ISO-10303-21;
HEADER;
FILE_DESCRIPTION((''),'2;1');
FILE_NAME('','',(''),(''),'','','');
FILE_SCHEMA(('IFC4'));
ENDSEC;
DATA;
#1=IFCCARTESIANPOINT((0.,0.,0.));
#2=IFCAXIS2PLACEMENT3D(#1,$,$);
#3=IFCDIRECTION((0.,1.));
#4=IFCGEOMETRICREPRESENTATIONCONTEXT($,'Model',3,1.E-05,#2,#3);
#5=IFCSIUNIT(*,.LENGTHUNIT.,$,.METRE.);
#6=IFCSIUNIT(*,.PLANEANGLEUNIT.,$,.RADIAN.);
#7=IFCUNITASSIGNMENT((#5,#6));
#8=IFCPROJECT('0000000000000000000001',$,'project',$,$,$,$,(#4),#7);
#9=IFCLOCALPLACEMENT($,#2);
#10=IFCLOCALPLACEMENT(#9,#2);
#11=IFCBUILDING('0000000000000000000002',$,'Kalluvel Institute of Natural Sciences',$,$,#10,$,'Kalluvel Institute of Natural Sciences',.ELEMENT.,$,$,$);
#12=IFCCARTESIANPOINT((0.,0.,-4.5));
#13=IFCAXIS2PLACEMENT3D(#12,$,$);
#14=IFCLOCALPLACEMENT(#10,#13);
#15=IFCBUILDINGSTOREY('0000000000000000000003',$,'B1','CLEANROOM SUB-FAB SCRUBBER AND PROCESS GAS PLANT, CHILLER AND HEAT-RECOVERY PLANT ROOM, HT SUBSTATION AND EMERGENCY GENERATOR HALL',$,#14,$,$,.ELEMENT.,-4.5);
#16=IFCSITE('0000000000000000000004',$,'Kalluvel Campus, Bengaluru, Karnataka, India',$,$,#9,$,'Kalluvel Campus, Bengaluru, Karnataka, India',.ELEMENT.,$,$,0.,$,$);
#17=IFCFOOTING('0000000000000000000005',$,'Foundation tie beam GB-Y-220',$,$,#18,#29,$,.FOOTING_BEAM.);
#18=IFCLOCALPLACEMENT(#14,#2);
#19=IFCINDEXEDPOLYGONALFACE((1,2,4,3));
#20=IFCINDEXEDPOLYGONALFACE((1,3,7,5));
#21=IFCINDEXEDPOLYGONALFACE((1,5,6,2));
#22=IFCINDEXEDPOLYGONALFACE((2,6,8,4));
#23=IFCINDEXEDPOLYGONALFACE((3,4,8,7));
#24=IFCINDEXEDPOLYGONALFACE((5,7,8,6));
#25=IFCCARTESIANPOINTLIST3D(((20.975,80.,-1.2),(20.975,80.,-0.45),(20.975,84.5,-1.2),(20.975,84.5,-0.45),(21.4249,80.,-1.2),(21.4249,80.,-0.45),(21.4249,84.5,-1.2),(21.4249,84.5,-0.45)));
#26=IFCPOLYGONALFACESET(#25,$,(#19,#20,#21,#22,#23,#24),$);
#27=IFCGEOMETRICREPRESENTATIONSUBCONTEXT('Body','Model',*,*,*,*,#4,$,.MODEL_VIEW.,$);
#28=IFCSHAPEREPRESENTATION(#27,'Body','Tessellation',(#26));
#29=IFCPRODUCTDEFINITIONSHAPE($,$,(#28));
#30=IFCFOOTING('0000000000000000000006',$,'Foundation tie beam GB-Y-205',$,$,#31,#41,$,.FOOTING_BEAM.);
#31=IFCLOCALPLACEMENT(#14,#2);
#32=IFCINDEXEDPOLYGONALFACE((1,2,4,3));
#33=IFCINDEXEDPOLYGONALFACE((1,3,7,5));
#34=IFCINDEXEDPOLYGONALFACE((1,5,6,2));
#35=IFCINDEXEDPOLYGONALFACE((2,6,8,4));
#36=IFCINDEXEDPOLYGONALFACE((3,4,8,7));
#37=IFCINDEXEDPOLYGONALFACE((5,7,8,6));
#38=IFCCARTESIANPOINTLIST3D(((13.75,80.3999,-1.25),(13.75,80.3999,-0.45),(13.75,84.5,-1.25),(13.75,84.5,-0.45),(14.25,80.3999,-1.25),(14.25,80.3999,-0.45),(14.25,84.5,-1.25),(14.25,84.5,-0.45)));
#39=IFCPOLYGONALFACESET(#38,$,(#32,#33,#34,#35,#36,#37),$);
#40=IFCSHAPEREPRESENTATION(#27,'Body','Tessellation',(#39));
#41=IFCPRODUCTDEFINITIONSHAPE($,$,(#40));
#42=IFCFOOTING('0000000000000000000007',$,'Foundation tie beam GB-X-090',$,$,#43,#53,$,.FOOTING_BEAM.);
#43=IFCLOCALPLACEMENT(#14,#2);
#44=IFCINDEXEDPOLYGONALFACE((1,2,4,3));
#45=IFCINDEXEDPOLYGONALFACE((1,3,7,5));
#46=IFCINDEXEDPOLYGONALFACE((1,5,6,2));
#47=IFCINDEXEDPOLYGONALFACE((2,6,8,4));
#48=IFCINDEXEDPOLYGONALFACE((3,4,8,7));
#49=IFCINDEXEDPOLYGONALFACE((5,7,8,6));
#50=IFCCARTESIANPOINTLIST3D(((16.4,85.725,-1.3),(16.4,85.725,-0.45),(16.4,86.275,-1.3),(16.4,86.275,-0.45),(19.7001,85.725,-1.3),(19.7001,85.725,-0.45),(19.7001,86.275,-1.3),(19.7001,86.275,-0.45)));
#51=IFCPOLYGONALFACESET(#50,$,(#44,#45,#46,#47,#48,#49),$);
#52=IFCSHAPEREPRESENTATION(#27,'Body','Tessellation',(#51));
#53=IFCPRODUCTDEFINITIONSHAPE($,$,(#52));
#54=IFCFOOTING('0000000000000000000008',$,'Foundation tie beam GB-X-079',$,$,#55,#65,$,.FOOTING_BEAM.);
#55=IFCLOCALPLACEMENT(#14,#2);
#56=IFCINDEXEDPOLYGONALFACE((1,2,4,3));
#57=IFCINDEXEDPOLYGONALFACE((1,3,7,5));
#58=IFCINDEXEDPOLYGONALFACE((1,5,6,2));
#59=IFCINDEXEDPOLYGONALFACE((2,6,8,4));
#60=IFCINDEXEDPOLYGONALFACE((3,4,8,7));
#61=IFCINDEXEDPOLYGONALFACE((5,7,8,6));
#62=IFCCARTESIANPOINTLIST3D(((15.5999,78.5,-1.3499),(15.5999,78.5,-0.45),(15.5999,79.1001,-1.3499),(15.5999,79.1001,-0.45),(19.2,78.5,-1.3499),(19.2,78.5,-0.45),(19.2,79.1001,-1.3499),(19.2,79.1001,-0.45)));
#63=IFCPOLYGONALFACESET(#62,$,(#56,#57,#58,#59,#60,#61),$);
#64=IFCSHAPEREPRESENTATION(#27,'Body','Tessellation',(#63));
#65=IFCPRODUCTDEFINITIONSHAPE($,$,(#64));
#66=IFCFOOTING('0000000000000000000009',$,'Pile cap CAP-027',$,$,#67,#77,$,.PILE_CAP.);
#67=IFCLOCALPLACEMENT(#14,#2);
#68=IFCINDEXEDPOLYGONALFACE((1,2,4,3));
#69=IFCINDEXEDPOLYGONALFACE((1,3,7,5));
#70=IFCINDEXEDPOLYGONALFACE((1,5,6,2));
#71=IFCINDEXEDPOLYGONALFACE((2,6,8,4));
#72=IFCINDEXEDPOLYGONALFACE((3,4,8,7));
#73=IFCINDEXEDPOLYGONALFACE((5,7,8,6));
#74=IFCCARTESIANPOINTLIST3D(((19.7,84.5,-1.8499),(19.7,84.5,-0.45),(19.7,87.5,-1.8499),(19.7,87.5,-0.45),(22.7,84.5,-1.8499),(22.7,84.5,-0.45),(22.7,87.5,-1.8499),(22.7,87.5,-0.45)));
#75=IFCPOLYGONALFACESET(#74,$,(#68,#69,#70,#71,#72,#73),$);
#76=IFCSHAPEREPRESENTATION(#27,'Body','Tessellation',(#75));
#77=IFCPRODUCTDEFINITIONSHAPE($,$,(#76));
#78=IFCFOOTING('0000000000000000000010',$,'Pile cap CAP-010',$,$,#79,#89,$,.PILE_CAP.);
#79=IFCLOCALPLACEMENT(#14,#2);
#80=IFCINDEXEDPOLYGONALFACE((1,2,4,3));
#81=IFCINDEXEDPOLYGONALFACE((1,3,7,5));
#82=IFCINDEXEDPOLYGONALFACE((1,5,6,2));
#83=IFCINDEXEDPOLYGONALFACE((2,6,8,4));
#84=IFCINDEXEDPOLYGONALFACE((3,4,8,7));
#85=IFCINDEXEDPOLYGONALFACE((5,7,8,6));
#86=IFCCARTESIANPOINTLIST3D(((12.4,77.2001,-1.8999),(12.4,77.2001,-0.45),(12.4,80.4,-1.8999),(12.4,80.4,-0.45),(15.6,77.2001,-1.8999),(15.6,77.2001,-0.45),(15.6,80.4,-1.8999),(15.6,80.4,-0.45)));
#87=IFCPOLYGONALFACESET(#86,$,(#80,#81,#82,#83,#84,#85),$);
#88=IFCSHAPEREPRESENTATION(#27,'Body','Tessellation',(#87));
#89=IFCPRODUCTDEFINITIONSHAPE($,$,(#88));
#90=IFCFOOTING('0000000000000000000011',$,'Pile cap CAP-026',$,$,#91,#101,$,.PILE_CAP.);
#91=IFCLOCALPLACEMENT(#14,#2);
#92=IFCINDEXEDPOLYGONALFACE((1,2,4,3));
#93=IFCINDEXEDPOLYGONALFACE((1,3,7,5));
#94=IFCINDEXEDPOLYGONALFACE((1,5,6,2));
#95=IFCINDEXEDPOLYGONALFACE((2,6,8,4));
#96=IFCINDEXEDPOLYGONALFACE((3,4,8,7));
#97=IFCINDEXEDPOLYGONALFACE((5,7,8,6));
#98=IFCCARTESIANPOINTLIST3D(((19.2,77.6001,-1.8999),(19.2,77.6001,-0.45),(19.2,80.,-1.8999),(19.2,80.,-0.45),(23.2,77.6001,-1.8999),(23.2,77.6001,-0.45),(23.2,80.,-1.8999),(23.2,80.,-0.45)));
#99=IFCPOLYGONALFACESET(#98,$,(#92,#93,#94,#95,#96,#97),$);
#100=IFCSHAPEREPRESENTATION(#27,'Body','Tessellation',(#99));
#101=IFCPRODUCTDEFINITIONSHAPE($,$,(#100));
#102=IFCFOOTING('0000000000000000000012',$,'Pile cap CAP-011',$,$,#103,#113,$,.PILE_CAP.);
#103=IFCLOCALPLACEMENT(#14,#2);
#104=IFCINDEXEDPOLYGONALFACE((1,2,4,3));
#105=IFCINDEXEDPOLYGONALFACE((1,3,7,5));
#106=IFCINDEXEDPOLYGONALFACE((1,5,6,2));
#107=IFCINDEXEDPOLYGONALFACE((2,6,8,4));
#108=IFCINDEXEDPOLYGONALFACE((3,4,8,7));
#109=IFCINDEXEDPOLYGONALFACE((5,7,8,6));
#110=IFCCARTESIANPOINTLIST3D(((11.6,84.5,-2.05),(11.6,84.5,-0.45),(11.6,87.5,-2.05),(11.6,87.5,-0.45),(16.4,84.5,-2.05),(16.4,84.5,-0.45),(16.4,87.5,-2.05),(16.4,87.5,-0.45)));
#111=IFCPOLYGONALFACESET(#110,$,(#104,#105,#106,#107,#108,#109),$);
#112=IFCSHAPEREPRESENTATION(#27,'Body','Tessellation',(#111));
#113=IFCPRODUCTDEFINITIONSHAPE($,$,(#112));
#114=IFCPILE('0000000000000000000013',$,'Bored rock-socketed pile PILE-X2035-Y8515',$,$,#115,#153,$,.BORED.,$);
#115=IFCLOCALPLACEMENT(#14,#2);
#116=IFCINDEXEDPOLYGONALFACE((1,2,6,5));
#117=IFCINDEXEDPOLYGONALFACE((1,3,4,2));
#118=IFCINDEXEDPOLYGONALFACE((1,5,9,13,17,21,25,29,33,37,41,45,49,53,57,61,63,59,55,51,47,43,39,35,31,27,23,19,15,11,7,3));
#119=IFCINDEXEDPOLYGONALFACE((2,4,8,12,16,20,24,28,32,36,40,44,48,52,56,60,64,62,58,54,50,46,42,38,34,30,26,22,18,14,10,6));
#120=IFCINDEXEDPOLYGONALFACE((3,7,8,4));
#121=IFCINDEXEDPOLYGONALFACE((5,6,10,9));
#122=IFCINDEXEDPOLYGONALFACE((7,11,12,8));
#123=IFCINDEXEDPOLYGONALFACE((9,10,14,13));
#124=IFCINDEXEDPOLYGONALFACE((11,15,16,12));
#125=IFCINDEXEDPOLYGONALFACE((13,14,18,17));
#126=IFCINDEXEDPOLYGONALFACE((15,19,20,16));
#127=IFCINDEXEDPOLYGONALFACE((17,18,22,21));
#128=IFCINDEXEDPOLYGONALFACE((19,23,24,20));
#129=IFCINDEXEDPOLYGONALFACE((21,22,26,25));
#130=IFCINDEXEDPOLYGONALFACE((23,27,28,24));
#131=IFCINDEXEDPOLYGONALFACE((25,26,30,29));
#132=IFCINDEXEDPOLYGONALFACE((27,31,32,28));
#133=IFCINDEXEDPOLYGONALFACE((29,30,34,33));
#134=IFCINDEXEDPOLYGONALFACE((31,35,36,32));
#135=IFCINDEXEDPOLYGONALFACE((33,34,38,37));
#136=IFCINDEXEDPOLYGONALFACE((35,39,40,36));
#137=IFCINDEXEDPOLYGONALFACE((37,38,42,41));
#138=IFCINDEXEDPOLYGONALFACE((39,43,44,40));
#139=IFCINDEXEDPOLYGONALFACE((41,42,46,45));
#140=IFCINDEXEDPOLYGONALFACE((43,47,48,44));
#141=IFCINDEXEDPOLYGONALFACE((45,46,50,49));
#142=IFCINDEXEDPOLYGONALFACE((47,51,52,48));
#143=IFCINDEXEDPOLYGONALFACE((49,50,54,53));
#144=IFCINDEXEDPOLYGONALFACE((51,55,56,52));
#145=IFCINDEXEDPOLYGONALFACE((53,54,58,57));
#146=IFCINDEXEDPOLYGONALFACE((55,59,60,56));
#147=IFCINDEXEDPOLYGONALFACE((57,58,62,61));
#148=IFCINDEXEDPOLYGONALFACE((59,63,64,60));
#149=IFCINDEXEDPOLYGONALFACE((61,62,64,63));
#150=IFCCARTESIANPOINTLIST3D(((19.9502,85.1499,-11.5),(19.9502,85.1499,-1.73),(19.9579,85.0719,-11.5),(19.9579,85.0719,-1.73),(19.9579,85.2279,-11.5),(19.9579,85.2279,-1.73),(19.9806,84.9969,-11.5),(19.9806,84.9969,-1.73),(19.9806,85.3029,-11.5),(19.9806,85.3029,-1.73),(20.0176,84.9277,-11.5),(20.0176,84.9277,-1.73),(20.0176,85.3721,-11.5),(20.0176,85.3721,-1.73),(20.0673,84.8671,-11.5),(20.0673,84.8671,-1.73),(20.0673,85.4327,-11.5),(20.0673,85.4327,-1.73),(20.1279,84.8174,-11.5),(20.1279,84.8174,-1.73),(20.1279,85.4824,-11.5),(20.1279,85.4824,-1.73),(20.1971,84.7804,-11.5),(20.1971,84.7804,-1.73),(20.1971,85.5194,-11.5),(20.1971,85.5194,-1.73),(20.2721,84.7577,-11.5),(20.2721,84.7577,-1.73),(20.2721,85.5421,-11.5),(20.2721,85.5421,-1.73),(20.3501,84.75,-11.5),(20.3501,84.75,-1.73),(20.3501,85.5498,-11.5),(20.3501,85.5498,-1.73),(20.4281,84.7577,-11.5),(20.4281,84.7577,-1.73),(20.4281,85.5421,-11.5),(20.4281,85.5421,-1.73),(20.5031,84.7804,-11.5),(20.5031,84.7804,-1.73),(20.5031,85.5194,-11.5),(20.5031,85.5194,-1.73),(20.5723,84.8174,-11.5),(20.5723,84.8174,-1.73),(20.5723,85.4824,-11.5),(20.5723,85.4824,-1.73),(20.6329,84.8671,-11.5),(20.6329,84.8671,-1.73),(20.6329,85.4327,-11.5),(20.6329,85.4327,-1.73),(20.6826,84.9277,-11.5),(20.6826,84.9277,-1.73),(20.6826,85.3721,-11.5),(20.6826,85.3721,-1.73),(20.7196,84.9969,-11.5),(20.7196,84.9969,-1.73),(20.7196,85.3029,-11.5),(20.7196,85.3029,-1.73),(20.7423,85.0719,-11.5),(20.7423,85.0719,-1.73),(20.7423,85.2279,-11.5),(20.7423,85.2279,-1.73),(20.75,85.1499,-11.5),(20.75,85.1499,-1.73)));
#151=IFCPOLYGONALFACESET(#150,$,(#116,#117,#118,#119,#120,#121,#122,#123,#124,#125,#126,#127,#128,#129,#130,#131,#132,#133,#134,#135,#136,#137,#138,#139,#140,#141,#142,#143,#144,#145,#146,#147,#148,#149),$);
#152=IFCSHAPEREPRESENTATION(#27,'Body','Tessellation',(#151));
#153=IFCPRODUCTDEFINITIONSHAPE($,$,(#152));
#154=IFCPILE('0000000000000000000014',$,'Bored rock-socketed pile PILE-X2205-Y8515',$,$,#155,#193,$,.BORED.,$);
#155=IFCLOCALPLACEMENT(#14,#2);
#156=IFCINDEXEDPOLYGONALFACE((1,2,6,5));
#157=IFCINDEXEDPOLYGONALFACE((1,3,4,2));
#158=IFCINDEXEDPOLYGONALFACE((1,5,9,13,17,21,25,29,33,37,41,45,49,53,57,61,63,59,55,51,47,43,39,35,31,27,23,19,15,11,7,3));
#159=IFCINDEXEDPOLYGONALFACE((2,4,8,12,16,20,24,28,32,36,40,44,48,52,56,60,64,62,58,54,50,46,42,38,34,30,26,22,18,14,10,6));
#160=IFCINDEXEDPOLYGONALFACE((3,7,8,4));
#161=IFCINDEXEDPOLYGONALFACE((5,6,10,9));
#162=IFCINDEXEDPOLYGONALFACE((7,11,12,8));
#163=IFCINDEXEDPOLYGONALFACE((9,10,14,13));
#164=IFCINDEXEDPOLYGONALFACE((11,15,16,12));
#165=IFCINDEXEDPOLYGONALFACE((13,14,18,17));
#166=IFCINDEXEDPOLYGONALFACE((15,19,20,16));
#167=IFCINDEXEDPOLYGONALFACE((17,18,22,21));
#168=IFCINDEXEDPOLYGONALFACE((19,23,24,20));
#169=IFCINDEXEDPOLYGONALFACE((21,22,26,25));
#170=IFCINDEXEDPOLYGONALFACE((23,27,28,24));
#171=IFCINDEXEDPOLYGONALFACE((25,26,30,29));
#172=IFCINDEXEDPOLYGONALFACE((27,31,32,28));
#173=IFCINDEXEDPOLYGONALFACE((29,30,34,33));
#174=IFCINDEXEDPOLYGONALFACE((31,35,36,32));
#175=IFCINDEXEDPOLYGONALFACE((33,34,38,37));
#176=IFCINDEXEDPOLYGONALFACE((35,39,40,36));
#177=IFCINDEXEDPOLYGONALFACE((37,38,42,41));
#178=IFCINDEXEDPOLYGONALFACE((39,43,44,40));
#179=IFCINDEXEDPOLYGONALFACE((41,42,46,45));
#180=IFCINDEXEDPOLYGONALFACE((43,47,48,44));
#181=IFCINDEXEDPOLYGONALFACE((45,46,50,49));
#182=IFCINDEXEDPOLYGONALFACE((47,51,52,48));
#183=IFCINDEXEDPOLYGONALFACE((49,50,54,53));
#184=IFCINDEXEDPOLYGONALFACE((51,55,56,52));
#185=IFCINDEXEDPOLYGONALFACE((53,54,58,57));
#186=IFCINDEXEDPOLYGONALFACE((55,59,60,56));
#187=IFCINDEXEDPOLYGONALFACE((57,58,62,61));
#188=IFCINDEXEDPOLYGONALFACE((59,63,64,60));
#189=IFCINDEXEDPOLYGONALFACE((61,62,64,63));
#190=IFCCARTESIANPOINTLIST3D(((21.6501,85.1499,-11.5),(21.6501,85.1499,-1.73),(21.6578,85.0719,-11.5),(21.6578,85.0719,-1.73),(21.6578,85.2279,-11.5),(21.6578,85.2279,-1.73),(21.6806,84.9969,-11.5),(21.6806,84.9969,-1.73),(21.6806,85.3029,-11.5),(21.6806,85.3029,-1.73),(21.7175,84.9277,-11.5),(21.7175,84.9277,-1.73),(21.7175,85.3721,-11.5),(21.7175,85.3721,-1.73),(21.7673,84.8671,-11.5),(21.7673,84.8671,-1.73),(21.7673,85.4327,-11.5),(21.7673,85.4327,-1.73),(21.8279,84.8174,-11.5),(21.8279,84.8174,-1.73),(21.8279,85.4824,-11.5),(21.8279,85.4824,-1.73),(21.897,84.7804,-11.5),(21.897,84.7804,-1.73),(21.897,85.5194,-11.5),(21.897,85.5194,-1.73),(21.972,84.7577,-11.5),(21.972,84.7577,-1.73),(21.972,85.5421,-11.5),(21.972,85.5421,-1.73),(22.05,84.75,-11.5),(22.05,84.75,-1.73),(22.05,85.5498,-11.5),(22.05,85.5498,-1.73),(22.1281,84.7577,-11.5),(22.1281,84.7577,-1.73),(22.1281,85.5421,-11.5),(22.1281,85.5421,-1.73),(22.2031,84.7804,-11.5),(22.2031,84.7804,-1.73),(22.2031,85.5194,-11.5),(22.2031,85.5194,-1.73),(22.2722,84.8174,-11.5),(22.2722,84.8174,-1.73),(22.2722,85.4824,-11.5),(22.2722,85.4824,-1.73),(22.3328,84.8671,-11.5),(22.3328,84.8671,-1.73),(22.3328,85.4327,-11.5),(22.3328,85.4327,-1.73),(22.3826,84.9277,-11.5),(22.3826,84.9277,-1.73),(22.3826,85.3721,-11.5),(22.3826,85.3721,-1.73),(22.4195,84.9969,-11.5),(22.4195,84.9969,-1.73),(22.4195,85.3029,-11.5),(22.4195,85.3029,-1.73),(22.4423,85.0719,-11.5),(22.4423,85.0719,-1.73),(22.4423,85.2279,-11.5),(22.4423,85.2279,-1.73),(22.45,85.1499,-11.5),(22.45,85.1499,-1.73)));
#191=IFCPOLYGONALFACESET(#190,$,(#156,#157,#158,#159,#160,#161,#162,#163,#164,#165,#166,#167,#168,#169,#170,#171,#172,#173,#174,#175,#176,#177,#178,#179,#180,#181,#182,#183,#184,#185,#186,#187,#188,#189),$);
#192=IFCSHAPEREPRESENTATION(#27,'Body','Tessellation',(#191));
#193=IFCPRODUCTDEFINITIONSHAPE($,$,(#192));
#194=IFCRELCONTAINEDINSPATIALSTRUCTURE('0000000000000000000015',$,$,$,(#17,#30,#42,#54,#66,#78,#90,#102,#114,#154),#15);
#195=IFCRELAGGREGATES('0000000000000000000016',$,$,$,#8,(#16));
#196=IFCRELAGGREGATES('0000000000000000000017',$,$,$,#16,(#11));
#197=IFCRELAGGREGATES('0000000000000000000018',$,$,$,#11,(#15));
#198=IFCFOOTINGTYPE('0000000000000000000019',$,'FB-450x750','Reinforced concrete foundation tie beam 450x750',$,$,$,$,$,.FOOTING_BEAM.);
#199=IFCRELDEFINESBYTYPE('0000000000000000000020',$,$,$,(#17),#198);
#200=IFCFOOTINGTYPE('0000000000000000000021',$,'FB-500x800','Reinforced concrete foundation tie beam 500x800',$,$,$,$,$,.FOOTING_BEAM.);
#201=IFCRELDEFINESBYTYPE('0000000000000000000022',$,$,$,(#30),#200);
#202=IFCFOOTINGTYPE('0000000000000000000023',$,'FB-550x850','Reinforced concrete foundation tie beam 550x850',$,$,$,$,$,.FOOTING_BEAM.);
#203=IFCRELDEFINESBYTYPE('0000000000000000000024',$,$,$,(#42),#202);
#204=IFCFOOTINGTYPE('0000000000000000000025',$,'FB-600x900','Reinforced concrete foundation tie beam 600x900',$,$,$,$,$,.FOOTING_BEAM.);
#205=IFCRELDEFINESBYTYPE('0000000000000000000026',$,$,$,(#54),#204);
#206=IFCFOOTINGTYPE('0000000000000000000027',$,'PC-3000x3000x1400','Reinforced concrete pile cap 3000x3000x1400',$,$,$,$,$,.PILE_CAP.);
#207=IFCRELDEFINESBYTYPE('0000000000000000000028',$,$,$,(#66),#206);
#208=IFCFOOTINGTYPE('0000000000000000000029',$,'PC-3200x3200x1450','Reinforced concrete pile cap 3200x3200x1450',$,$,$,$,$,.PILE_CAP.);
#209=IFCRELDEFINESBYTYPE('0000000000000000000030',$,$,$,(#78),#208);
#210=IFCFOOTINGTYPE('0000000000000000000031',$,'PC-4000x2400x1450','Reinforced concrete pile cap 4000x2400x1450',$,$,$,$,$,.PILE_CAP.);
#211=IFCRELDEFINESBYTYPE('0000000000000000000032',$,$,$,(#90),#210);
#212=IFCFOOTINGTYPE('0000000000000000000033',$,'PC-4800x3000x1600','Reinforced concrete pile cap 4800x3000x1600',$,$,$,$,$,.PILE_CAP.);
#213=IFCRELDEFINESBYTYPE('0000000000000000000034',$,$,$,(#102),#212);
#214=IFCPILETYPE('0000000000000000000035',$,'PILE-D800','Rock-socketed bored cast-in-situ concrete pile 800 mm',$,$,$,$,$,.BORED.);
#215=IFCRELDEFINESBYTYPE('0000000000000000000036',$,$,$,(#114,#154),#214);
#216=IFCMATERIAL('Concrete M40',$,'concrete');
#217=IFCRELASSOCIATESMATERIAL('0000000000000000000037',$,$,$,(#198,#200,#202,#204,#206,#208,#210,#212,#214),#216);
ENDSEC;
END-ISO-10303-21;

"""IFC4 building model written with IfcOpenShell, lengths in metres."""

from ifc_helpers import new_model, si_unit, direction, frame, origin, origin_2d, place, context, subcontext, project, spatial, rectangle, circle, extrude, material, material_profile, profile_set, type_object, element, save


model = new_model("IFC4")

# Units and contexts
model_context = context("Model", 3, precision=1e-05, world=origin(), true_north=direction((0.0, 1.0)))
body_context = subcontext(model_context, "Body", "Model", "MODEL_VIEW")
ifc_project = project(units=[si_unit("LENGTHUNIT", "METRE"), si_unit("PLANEANGLEUNIT", "RADIAN")], contexts=[model_context])

# Site, building, storey
site_placement = place(None, origin())
site = spatial("IfcSite", under=ifc_project, at=site_placement, Name="Kalluvel Campus, Bengaluru, Karnataka, India", LongName="Kalluvel Campus, Bengaluru, Karnataka, India", CompositionType="ELEMENT", RefElevation=0.0)
building_placement = place(site_placement, origin())
building = spatial("IfcBuilding", under=site, at=building_placement, Name="Kalluvel Institute of Natural Sciences", LongName="Kalluvel Institute of Natural Sciences", CompositionType="ELEMENT")
storey_placement = place(building_placement, frame((0.0, 0.0, -4.5)))
storey = spatial("IfcBuildingStorey", under=building, at=storey_placement, Name="B1", Description="CLEANROOM SUB-FAB SCRUBBER AND PROCESS GAS PLANT, CHILLER AND HEAT-RECOVERY PLANT ROOM, HT SUBSTATION AND EMERGENCY GENERATOR HALL", CompositionType="ELEMENT", Elevation=-4.5)

# Footings
ifc_material_1 = material(Name="Concrete M40", Category="concrete")
footing_type_1 = type_object("IfcFootingType", Name="FB-450x750", Description="Reinforced concrete foundation tie beam 450x750", PredefinedType="FOOTING_BEAM", material=ifc_material_1)
footing_1_placement = place(storey_placement, frame((21.2, 82.25, -1.2), z_axis=(0.0, 0.0, 1.0), x_axis=(1.0, 0.0, 0.0)))
element("IfcFooting", 1, at=footing_1_placement, inside=storey, type_object=footing_type_1, Name="Foundation tie beam GB-Y-220", PredefinedType="FOOTING_BEAM", context=body_context, shape_type="SweptSolid", body=[
    extrude(rectangle(XDim=0.45, YDim=4.5, at=origin_2d()), origin(), (0.0, 0.0, 1.0), 0.75),
])
footing_type_2 = type_object("IfcFootingType", Name="FB-500x800", Description="Reinforced concrete foundation tie beam 500x800", PredefinedType="FOOTING_BEAM", material=ifc_material_1)
footing_2_placement = place(storey_placement, frame((14.0, 82.45, -1.25), z_axis=(0.0, 0.0, 1.0), x_axis=(1.0, 0.0, 0.0)))
element("IfcFooting", 2, at=footing_2_placement, inside=storey, type_object=footing_type_2, Name="Foundation tie beam GB-Y-205", PredefinedType="FOOTING_BEAM", context=body_context, shape_type="SweptSolid", body=[
    extrude(rectangle(XDim=0.5, YDim=4.1001, at=origin_2d()), origin(), (0.0, 0.0, 1.0), 0.8),
])
footing_type_3 = type_object("IfcFootingType", Name="FB-550x850", Description="Reinforced concrete foundation tie beam 550x850", PredefinedType="FOOTING_BEAM", material=ifc_material_1)
footing_3_placement = place(storey_placement, frame((18.05, 86.0, -1.3), z_axis=(0.0, 0.0, 1.0), x_axis=(1.0, 0.0, 0.0)))
element("IfcFooting", 3, at=footing_3_placement, inside=storey, type_object=footing_type_3, Name="Foundation tie beam GB-X-090", PredefinedType="FOOTING_BEAM", context=body_context, shape_type="SweptSolid", body=[
    extrude(rectangle(XDim=3.3, YDim=0.55, at=origin_2d()), origin(), (0.0, 0.0, 1.0), 0.8501),
])
footing_type_4 = type_object("IfcFootingType", Name="FB-600x900", Description="Reinforced concrete foundation tie beam 600x900", PredefinedType="FOOTING_BEAM", material=ifc_material_1)
footing_4_placement = place(storey_placement, frame((17.3999, 78.8, -1.3499), z_axis=(0.0, 0.0, 1.0), x_axis=(1.0, 0.0, 0.0)))
element("IfcFooting", 4, at=footing_4_placement, inside=storey, type_object=footing_type_4, Name="Foundation tie beam GB-X-079", PredefinedType="FOOTING_BEAM", context=body_context, shape_type="SweptSolid", body=[
    extrude(rectangle(XDim=3.6001, YDim=0.6001, at=origin_2d()), origin(), (0.0, 0.0, 1.0), 0.8999),
])
footing_type_5 = type_object("IfcFootingType", Name="PC-3000x3000x1400", Description="Reinforced concrete pile cap 3000x3000x1400", PredefinedType="PILE_CAP", material=ifc_material_1)
footing_5_placement = place(storey_placement, frame((21.2, 86.0, -1.8499), z_axis=(0.0, 0.0, 1.0), x_axis=(1.0, 0.0, 0.0)))
element("IfcFooting", 5, at=footing_5_placement, inside=storey, type_object=footing_type_5, Name="Pile cap CAP-027", PredefinedType="PILE_CAP", context=body_context, shape_type="SweptSolid", body=[
    extrude(rectangle(XDim=3.0, YDim=3.0, at=origin_2d()), origin(), (0.0, 0.0, 1.0), 1.3999),
])
footing_type_6 = type_object("IfcFootingType", Name="PC-3200x3200x1450", Description="Reinforced concrete pile cap 3200x3200x1450", PredefinedType="PILE_CAP", material=ifc_material_1)
footing_6_placement = place(storey_placement, frame((14.0, 78.8, -1.8999), z_axis=(0.0, 0.0, 1.0), x_axis=(1.0, 0.0, 0.0)))
element("IfcFooting", 6, at=footing_6_placement, inside=storey, type_object=footing_type_6, Name="Pile cap CAP-010", PredefinedType="PILE_CAP", context=body_context, shape_type="SweptSolid", body=[
    extrude(rectangle(XDim=3.2, YDim=3.2, at=origin_2d()), origin(), (0.0, 0.0, 1.0), 1.45),
])
footing_type_7 = type_object("IfcFootingType", Name="PC-4000x2400x1450", Description="Reinforced concrete pile cap 4000x2400x1450", PredefinedType="PILE_CAP", material=ifc_material_1)
footing_7_placement = place(storey_placement, frame((21.2, 78.8, -1.8999), z_axis=(0.0, 0.0, 1.0), x_axis=(1.0, 0.0, 0.0)))
element("IfcFooting", 7, at=footing_7_placement, inside=storey, type_object=footing_type_7, Name="Pile cap CAP-026", PredefinedType="PILE_CAP", context=body_context, shape_type="SweptSolid", body=[
    extrude(rectangle(XDim=4.0, YDim=2.3999, at=origin_2d()), origin(), (0.0, 0.0, 1.0), 1.45),
])
footing_type_8 = type_object("IfcFootingType", Name="PC-4800x3000x1600", Description="Reinforced concrete pile cap 4800x3000x1600", PredefinedType="PILE_CAP", material=ifc_material_1)
footing_8_placement = place(storey_placement, frame((14.0, 86.0, -2.05), z_axis=(0.0, 0.0, 1.0), x_axis=(1.0, 0.0, 0.0)))
element("IfcFooting", 8, at=footing_8_placement, inside=storey, type_object=footing_type_8, Name="Pile cap CAP-011", PredefinedType="PILE_CAP", context=body_context, shape_type="SweptSolid", body=[
    extrude(rectangle(XDim=4.8, YDim=3.0, at=origin_2d()), origin(), (0.0, 0.0, 1.0), 1.6001),
])

# Piles
ifc_material_profile_1 = material_profile(ifc_material_1, circle(Radius=0.3999, at=origin_2d()), Name="PILE D800")
ifc_profile_set_1 = profile_set([ifc_material_profile_1], Name="Concrete M40")
pile_type_1 = type_object("IfcPileType", Name="PILE-D800", Description="Rock-socketed bored cast-in-situ concrete pile 800 mm", PredefinedType="BORED", material=ifc_profile_set_1)
for number, where, z_axis, x_axis, name in (
    (9, (20.3501, 85.1499, -1.73), (0.0, 0.0, -1.0), (1.0, 0.0, 0.0), "Bored rock-socketed pile PILE-X2035-Y8515"),
    (10, (22.05, 85.1499, -1.73), (0.0, 0.0, -1.0), (1.0, 0.0, 0.0), "Bored rock-socketed pile PILE-X2205-Y8515"),
):
    element("IfcPile", number, at=place(storey_placement, frame(where, z_axis=z_axis, x_axis=x_axis)), inside=storey, type_object=pile_type_1, Name=name, PredefinedType="BORED", context=body_context, shape_type="SweptSolid", body=[
        extrude(circle(Radius=0.3999, at=origin_2d()), origin(), (0.0, 0.0, 1.0), 9.77),
    ])

save(model, "model.ifc")
